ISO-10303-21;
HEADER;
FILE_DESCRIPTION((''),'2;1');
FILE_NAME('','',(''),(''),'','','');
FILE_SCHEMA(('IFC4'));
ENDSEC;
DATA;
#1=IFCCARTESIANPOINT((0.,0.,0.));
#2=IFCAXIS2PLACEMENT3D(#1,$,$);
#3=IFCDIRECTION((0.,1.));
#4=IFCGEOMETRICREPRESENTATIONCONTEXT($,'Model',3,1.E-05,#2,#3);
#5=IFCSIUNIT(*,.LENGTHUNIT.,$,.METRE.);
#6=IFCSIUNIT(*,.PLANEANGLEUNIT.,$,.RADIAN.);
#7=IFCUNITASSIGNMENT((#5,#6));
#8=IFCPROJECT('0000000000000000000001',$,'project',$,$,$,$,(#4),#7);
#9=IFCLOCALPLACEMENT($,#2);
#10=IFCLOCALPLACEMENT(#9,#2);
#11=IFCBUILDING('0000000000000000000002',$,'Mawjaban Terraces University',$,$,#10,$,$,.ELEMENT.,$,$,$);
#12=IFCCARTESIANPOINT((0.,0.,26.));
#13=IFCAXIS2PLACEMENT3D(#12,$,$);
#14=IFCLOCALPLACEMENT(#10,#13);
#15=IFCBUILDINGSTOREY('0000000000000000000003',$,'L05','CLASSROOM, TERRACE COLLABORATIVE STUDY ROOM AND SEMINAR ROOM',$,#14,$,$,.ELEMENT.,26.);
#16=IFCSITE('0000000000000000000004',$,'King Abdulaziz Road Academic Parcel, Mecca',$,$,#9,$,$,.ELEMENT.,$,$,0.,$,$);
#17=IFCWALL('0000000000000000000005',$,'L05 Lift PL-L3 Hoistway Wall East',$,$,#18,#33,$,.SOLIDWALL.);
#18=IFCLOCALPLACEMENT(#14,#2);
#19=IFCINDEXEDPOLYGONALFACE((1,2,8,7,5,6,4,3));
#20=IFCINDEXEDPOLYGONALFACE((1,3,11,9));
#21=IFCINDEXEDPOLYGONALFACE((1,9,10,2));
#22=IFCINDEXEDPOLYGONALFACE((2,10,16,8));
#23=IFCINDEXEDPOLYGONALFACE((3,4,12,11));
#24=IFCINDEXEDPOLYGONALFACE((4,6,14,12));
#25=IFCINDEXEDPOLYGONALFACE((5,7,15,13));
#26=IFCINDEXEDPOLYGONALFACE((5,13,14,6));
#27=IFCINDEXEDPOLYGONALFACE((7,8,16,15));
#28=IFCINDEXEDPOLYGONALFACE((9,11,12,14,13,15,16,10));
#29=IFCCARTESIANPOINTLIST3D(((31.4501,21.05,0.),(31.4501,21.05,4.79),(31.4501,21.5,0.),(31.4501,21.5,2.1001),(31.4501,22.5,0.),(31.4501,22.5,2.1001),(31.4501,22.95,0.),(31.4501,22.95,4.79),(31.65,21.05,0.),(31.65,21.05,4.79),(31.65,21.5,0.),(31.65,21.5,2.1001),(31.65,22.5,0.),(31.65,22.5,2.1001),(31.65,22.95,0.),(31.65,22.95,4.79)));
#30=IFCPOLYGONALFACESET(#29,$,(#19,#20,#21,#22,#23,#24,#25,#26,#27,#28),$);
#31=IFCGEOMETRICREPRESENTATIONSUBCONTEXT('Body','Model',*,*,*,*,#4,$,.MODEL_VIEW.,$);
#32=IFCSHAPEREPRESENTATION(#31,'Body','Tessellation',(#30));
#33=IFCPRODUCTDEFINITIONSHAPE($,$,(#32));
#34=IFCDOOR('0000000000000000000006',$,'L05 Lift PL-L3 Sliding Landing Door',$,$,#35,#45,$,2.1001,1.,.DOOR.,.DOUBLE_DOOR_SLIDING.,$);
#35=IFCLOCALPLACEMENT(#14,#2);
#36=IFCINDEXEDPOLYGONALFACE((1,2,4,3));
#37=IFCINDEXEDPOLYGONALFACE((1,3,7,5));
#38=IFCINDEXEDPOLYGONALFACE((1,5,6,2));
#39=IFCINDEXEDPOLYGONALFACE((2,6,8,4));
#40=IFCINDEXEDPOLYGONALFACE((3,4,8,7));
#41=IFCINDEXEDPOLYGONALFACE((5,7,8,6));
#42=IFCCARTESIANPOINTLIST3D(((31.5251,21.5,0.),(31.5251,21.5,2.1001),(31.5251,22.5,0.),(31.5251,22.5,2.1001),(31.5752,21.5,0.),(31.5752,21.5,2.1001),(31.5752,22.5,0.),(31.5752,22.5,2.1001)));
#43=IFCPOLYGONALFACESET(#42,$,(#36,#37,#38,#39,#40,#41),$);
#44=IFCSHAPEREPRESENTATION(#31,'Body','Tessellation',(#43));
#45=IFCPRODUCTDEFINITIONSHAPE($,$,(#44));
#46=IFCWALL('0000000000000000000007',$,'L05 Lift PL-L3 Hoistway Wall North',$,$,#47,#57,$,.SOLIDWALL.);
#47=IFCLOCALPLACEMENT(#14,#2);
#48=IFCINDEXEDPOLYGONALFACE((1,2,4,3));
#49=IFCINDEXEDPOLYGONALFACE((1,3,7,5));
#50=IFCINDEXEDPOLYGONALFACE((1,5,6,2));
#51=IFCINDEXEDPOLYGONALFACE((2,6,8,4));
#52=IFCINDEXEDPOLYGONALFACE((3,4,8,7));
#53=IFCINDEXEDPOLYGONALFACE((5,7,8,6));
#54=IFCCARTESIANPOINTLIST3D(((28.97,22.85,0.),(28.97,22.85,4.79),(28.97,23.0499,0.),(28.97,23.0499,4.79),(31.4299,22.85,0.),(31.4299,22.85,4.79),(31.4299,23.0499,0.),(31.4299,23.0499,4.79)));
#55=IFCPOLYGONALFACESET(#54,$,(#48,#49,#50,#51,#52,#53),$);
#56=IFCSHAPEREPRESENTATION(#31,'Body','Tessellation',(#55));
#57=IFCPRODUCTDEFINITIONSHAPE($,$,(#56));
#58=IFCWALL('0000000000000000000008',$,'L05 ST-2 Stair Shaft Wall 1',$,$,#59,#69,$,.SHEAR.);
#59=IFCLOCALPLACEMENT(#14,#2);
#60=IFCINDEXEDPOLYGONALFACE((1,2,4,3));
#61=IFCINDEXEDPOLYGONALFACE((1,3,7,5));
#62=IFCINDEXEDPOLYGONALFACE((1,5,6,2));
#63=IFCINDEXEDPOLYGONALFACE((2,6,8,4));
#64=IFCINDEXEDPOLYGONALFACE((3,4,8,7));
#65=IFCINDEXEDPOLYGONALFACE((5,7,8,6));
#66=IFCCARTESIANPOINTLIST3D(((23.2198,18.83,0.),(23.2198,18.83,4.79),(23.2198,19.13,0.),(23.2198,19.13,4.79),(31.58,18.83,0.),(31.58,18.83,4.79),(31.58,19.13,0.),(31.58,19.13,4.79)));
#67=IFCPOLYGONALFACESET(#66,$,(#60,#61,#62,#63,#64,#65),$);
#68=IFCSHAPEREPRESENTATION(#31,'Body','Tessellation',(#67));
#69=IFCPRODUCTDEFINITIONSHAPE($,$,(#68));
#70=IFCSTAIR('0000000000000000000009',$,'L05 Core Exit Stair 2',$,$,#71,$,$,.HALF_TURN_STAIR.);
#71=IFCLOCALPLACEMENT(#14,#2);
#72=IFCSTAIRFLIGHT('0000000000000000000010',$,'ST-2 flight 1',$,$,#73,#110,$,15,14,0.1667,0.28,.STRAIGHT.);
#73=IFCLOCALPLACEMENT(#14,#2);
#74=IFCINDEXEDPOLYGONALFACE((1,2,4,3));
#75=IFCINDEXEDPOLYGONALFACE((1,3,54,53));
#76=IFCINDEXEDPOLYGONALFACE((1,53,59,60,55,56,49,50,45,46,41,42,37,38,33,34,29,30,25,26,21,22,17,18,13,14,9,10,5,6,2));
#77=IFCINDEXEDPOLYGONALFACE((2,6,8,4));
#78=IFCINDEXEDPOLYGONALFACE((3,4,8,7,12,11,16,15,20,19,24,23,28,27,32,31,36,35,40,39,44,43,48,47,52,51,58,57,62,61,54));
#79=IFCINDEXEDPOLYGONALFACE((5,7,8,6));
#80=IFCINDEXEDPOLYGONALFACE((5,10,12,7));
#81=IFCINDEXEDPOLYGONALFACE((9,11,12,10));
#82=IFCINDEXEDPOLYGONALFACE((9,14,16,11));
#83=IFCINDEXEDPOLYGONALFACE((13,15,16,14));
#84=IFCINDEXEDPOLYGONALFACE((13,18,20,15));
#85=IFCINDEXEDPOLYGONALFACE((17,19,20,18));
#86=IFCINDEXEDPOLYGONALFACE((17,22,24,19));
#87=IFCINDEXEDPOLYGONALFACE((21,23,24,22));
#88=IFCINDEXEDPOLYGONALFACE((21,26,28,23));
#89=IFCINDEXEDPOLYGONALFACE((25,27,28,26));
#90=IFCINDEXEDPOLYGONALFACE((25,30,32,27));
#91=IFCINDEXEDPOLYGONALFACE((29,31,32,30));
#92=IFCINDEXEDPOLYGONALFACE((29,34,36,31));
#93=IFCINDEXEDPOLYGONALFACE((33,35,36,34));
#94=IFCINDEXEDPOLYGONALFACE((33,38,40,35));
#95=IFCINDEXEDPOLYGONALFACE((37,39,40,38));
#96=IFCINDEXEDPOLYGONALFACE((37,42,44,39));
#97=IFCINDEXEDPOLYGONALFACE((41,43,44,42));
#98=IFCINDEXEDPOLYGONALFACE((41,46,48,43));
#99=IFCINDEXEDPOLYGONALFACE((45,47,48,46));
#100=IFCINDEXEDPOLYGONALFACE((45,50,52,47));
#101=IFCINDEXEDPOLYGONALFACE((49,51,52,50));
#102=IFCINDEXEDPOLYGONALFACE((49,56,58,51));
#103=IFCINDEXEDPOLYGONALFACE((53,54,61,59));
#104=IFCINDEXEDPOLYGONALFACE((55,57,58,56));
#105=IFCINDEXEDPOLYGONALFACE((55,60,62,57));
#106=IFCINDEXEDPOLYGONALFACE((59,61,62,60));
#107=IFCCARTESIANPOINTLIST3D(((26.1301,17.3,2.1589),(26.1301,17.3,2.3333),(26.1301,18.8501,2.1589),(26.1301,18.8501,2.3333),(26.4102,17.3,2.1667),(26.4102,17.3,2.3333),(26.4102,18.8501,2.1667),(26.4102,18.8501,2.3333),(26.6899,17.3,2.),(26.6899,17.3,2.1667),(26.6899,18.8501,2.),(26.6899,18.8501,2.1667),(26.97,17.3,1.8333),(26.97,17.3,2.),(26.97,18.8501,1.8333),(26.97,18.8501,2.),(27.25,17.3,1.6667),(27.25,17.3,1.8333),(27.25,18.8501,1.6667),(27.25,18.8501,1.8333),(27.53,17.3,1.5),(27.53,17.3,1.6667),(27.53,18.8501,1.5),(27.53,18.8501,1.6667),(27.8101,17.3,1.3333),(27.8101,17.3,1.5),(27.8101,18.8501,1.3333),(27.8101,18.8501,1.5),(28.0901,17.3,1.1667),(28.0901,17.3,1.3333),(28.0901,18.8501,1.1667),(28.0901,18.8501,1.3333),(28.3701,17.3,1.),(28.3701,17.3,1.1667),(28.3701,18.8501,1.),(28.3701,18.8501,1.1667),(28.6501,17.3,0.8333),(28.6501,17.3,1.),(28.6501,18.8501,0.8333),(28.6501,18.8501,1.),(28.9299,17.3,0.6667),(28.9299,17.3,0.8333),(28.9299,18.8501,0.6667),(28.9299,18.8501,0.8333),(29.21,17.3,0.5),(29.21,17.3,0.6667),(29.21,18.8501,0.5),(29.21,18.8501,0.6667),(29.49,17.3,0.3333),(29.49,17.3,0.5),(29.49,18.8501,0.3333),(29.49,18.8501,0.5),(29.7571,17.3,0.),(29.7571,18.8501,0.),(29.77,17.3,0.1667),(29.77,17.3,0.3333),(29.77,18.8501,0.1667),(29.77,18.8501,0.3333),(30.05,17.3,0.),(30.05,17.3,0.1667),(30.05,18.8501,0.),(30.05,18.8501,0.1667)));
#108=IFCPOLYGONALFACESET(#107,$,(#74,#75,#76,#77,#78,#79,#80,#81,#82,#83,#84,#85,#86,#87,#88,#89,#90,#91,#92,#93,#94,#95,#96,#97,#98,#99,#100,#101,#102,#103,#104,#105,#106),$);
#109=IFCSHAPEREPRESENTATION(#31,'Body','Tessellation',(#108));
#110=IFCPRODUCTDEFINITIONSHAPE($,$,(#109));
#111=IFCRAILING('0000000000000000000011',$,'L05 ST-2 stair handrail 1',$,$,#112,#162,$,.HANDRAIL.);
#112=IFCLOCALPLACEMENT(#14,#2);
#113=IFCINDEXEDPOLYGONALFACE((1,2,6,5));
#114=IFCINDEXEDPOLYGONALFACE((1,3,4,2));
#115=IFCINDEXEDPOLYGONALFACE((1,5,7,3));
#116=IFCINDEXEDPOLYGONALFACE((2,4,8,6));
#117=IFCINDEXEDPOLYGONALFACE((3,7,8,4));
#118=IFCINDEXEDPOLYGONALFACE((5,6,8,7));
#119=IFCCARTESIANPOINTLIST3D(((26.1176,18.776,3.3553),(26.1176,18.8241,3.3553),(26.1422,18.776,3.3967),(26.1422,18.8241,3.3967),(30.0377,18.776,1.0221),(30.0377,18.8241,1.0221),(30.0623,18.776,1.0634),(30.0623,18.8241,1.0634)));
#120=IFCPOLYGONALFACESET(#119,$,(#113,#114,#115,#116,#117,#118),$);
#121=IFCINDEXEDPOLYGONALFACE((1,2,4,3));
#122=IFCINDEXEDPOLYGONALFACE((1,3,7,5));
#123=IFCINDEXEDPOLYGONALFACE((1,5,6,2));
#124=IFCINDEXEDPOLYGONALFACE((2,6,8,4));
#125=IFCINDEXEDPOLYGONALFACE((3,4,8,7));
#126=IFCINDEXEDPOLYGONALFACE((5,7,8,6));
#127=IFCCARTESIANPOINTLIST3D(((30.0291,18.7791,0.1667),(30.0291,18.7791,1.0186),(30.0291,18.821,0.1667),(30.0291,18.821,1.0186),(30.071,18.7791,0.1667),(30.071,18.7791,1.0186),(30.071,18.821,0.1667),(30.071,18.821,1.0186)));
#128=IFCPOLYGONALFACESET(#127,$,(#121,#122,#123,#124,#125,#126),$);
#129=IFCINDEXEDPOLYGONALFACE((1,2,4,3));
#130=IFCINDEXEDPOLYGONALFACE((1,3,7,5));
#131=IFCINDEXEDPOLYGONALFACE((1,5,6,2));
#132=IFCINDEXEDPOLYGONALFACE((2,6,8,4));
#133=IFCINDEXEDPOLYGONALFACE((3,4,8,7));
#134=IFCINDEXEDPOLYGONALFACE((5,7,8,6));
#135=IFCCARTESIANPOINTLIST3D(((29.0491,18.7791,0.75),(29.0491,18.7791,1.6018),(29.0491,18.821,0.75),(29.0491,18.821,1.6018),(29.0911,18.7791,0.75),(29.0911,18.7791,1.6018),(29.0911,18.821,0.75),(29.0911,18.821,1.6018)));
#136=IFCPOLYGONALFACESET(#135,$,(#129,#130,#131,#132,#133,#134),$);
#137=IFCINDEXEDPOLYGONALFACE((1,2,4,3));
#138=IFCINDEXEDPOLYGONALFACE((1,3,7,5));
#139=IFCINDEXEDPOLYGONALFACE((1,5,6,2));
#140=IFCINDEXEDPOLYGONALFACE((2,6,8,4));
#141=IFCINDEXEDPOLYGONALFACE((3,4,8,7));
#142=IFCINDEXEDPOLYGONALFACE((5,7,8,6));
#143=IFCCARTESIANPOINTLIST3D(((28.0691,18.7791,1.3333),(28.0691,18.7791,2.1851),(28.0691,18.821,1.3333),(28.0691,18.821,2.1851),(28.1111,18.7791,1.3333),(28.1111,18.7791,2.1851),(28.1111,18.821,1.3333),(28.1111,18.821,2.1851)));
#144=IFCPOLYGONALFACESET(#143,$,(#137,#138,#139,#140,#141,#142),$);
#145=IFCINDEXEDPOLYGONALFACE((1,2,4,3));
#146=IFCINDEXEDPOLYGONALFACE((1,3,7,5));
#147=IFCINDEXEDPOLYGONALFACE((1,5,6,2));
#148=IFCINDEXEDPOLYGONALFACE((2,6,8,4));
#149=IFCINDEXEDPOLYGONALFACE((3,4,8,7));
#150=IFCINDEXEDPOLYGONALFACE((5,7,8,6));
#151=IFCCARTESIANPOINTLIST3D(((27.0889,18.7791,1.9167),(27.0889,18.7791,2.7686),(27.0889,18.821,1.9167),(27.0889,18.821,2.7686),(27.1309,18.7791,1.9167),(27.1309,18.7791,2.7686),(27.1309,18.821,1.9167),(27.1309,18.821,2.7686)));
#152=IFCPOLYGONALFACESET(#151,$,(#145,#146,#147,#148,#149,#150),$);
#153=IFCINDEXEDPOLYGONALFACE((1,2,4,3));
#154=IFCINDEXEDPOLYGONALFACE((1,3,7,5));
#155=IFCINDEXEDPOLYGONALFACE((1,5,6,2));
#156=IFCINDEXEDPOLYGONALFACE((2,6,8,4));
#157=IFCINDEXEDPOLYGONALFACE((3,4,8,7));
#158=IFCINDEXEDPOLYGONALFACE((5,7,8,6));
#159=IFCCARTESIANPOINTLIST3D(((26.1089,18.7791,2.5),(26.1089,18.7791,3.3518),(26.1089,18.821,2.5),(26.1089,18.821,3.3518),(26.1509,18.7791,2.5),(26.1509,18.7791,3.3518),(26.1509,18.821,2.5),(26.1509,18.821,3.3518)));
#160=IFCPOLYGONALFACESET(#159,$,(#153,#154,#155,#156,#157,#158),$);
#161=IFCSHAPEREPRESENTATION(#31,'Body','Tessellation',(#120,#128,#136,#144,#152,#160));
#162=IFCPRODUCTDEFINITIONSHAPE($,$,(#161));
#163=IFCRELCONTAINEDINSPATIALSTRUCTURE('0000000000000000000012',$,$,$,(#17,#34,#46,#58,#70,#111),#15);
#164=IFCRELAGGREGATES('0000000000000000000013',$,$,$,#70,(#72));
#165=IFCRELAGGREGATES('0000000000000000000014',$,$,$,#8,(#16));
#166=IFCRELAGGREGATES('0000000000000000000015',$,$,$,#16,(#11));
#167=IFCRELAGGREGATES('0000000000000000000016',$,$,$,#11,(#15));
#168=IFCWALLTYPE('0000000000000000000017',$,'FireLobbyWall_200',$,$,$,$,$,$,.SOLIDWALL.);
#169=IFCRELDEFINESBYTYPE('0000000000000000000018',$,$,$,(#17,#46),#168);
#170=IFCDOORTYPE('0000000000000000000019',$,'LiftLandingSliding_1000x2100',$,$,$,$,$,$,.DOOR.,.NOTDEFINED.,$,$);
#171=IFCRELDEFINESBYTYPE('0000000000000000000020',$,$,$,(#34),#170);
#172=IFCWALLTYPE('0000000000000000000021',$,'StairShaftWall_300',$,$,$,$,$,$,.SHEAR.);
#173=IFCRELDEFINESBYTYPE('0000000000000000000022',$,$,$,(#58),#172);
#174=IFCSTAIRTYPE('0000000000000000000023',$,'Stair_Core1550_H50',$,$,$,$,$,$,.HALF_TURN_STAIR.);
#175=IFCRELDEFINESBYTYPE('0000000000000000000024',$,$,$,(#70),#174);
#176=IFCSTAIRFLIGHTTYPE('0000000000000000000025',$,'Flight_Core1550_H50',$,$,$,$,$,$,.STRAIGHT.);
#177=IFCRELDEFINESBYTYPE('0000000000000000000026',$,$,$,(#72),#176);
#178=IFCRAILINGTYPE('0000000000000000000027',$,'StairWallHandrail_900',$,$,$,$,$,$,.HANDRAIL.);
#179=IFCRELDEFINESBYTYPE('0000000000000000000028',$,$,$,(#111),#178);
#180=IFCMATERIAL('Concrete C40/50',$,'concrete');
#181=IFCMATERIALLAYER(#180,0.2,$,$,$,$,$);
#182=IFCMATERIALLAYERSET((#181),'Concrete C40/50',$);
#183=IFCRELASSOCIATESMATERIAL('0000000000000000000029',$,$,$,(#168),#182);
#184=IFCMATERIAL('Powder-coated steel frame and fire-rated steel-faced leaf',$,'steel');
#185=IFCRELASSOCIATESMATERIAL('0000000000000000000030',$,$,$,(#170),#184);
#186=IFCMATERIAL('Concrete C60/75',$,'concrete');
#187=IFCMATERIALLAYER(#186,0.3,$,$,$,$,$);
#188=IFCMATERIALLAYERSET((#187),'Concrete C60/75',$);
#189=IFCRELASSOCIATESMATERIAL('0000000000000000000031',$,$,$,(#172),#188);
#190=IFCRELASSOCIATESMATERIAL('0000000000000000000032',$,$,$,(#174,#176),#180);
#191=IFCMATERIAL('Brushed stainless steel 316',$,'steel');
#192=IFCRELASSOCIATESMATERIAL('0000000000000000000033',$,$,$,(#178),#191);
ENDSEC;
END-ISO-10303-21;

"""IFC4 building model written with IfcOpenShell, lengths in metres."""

from ifc_helpers import new_model, si_unit, direction, frame, frame_2d, origin, origin_2d, place, context, subcontext, project, spatial, polyline, rectangle, outline, extrude, material, layer, layer_set, type_object, element, fill, aggregate, save


model = new_model("IFC4")

# Units and contexts
model_context = context("Model", 3, precision=1e-05, world=origin(), true_north=direction((0.0, 1.0)))
body_context = subcontext(model_context, "Body", "Model", "MODEL_VIEW")
ifc_project = project(units=[si_unit("LENGTHUNIT", "METRE"), si_unit("PLANEANGLEUNIT", "RADIAN")], contexts=[model_context])

# Site, building, storey
site_placement = place(None, origin())
site = spatial("IfcSite", under=ifc_project, at=site_placement, Name="King Abdulaziz Road Academic Parcel, Mecca", CompositionType="ELEMENT", RefElevation=0.0)
building_placement = place(site_placement, origin())
building = spatial("IfcBuilding", under=site, at=building_placement, Name="Mawjaban Terraces University", CompositionType="ELEMENT")
storey_placement = place(building_placement, frame((0.0, 0.0, 26.0)))
storey = spatial("IfcBuildingStorey", under=building, at=storey_placement, Name="L05", Description="CLASSROOM, TERRACE COLLABORATIVE STUDY ROOM AND SEMINAR ROOM", CompositionType="ELEMENT", Elevation=26.0)

# Shared definitions
ifc_material_1 = material(Name="Concrete C40/50", Category="concrete")
ifc_layer_1 = layer(ifc_material_1, 0.2)
ifc_layer_set_1 = layer_set([ifc_layer_1], Name="Concrete C40/50")
wall_type_1 = type_object("IfcWallType", Name="FireLobbyWall_200", PredefinedType="SOLIDWALL", material=ifc_layer_set_1)

# Shared definitions
ifc_material_2 = material(Name="Powder-coated steel frame and fire-rated steel-faced leaf", Category="steel")
door_type_1 = type_object("IfcDoorType", Name="LiftLandingSliding_1000x2100", OperationType="NOTDEFINED", PredefinedType="DOOR", material=ifc_material_2)

# Wall, opening, door
wall_1_placement = place(storey_placement, frame((31.55, 21.05, 0.0), z_axis=(0.0, 0.0, 1.0), x_axis=(0.0, 1.0, 0.0)))
wall_1 = element("IfcWall", 1, at=wall_1_placement, inside=storey, type_object=wall_type_1, Name="L05 Lift PL-L3 Hoistway Wall East", PredefinedType="SOLIDWALL", context=body_context, shape_type="SweptSolid", body=[
    extrude(rectangle(XDim=1.8999, YDim=0.2, at=frame_2d((0.95, 0.0))), origin(), (0.0, 0.0, 1.0), 4.79),
])
opening_1_placement = place(wall_1_placement, frame((0.45, 0.0, 0.0)))
opening_1 = element("IfcOpeningElement", 2, at=opening_1_placement, cuts=wall_1, PredefinedType="OPENING", context=body_context, shape_type="SweptSolid", body=[
    extrude(rectangle(XDim=1.0, YDim=2.1001, at=frame_2d((0.5, 1.05))), frame((0.0, 0.1099, 0.0), z_axis=(0.0, -1.0, 0.0), x_axis=(1.0, 0.0, 0.0)), (0.0, 0.0, 1.0), 0.22),
])
door_1_placement = place(opening_1_placement, origin())
door_1 = element("IfcDoor", 3, at=door_1_placement, inside=storey, type_object=door_type_1, Name="L05 Lift PL-L3 Sliding Landing Door", OperationType="DOUBLE_DOOR_SLIDING", OverallHeight=2.1001, OverallWidth=1.0, PredefinedType="DOOR", context=body_context, shape_type="SweptSolid", body=[
    extrude(rectangle(XDim=1.0, YDim=2.1001, at=frame_2d((0.5, 1.05))), frame((0.0, 0.0249, 0.0), z_axis=(0.0, -1.0, 0.0), x_axis=(1.0, 0.0, 0.0)), (0.0, 0.0, 1.0), 0.05),
])
fill(opening_1, door_1)

# Walls
wall_2_placement = place(storey_placement, frame((31.4299, 22.95, 0.0), z_axis=(0.0, 0.0, 1.0), x_axis=(-1.0, 0.0, 0.0)))
element("IfcWall", 4, at=wall_2_placement, inside=storey, type_object=wall_type_1, Name="L05 Lift PL-L3 Hoistway Wall North", PredefinedType="SOLIDWALL", context=body_context, shape_type="SweptSolid", body=[
    extrude(rectangle(XDim=2.46, YDim=0.2, at=frame_2d((1.23, 0.0))), origin(), (0.0, 0.0, 1.0), 4.79),
])
ifc_material_3 = material(Name="Concrete C60/75", Category="concrete")
ifc_layer_2 = layer(ifc_material_3, 0.3)
ifc_layer_set_2 = layer_set([ifc_layer_2], Name="Concrete C60/75")
wall_type_2 = type_object("IfcWallType", Name="StairShaftWall_300", PredefinedType="SHEAR", material=ifc_layer_set_2)
wall_3_placement = place(storey_placement, frame((31.5801, 18.98, 0.0), z_axis=(0.0, 0.0, 1.0), x_axis=(-1.0, 0.0, 0.0)))
element("IfcWall", 5, at=wall_3_placement, inside=storey, type_object=wall_type_2, Name="L05 ST-2 Stair Shaft Wall 1", PredefinedType="SHEAR", context=body_context, shape_type="SweptSolid", body=[
    extrude(rectangle(XDim=8.3601, YDim=0.3, at=frame_2d((4.1802, 0.0))), origin(), (0.0, 0.0, 1.0), 4.79),
])

# Stair, stair flight
stair_type = type_object("IfcStairType", Name="Stair_Core1550_H50", PredefinedType="HALF_TURN_STAIR", material=ifc_material_1)
stair_placement = place(storey_placement, origin())
stair = element("IfcStair", 6, at=stair_placement, inside=storey, type_object=stair_type, Name="L05 Core Exit Stair 2", PredefinedType="HALF_TURN_STAIR")
stair_flight_type = type_object("IfcStairFlightType", Name="Flight_Core1550_H50", PredefinedType="STRAIGHT", material=ifc_material_1)
stair_flight_placement = place(storey_placement, frame((30.05, 18.075, 0.0), z_axis=(0.0, 0.0, 1.0), x_axis=(-1.0, 0.0, 0.0)))
stair_flight = element("IfcStairFlight", 7, at=stair_flight_placement, type_object=stair_flight_type, Name="ST-2 flight 1", NumberOfRisers=15, NumberOfTreads=14, PredefinedType="STRAIGHT", RiserHeight=0.1667, TreadLength=0.28, context=body_context, shape_type="SweptSolid", body=[
    extrude(outline(polyline([(0.0, 0.0), (0.0, 0.1667), (0.28, 0.1667), (0.28, 0.3333), (0.5601, 0.3333), (0.5601, 0.5), (0.8401, 0.5), (0.8401, 0.6667), (1.1201, 0.6667), (1.1201, 0.8333), (1.3999, 0.8333), (1.3999, 1.0), (1.6799, 1.0), (1.6799, 1.1667), (1.96, 1.1667), (1.96, 1.3333), (2.24, 1.3333), (2.24, 1.5), (2.52, 1.5), (2.52, 1.6667), (2.8, 1.6667), (2.8, 1.8333), (3.0801, 1.8333), (3.0801, 2.0), (3.3601, 2.0), (3.3601, 2.1667), (3.6399, 2.1667), (3.6399, 2.3333), (3.9199, 2.3333), (3.9199, 2.5), (3.9199, 2.1589), (0.293, 0.0), (0.0, 0.0)])), frame((0.0, 0.7749, 0.0), z_axis=(0.0, -1.0, 0.0), x_axis=(1.0, 0.0, 0.0)), (0.0, 0.0, 1.0), 1.55),
])
aggregate(stair, [stair_flight])

# Railing
ifc_material_4 = material(Name="Brushed stainless steel 316", Category="steel")
railing_type_1 = type_object("IfcRailingType", Name="StairWallHandrail_900", PredefinedType="HANDRAIL", material=ifc_material_4)
railing_1_placement = place(storey_placement, frame((30.05, 18.8, 0.1667)))
element("IfcRailing", 8, at=railing_1_placement, inside=storey, type_object=railing_type_1, Name="L05 ST-2 stair handrail 1", PredefinedType="HANDRAIL", context=body_context, shape_type="SweptSolid", body=[
    extrude(rectangle(XDim=0.0481, YDim=0.0481, at=origin_2d()), frame((0.0, 0.0, 0.876), z_axis=(-0.85931, 0.0, 0.511455), x_axis=(0.0, -1.0, 0.0)), (0.0, 0.0, 1.0), 4.562),
    extrude(rectangle(XDim=0.042, YDim=0.042, at=origin_2d()), origin(), (0.0, 0.0, 1.0), 0.8518),
    extrude(rectangle(XDim=0.042, YDim=0.042, at=origin_2d()), frame((-0.98, 0.0, 0.5833)), (0.0, 0.0, 1.0), 0.8518),
    extrude(rectangle(XDim=0.042, YDim=0.042, at=origin_2d()), frame((-1.96, 0.0, 1.1665)), (0.0, 0.0, 1.0), 0.8518),
    extrude(rectangle(XDim=0.042, YDim=0.042, at=origin_2d()), frame((-2.9402, 0.0, 1.75)), (0.0, 0.0, 1.0), 0.8518),
    extrude(rectangle(XDim=0.042, YDim=0.042, at=origin_2d()), frame((-3.9202, 0.0, 2.3333)), (0.0, 0.0, 1.0), 0.8518),
])

save(model, "model.ifc")
